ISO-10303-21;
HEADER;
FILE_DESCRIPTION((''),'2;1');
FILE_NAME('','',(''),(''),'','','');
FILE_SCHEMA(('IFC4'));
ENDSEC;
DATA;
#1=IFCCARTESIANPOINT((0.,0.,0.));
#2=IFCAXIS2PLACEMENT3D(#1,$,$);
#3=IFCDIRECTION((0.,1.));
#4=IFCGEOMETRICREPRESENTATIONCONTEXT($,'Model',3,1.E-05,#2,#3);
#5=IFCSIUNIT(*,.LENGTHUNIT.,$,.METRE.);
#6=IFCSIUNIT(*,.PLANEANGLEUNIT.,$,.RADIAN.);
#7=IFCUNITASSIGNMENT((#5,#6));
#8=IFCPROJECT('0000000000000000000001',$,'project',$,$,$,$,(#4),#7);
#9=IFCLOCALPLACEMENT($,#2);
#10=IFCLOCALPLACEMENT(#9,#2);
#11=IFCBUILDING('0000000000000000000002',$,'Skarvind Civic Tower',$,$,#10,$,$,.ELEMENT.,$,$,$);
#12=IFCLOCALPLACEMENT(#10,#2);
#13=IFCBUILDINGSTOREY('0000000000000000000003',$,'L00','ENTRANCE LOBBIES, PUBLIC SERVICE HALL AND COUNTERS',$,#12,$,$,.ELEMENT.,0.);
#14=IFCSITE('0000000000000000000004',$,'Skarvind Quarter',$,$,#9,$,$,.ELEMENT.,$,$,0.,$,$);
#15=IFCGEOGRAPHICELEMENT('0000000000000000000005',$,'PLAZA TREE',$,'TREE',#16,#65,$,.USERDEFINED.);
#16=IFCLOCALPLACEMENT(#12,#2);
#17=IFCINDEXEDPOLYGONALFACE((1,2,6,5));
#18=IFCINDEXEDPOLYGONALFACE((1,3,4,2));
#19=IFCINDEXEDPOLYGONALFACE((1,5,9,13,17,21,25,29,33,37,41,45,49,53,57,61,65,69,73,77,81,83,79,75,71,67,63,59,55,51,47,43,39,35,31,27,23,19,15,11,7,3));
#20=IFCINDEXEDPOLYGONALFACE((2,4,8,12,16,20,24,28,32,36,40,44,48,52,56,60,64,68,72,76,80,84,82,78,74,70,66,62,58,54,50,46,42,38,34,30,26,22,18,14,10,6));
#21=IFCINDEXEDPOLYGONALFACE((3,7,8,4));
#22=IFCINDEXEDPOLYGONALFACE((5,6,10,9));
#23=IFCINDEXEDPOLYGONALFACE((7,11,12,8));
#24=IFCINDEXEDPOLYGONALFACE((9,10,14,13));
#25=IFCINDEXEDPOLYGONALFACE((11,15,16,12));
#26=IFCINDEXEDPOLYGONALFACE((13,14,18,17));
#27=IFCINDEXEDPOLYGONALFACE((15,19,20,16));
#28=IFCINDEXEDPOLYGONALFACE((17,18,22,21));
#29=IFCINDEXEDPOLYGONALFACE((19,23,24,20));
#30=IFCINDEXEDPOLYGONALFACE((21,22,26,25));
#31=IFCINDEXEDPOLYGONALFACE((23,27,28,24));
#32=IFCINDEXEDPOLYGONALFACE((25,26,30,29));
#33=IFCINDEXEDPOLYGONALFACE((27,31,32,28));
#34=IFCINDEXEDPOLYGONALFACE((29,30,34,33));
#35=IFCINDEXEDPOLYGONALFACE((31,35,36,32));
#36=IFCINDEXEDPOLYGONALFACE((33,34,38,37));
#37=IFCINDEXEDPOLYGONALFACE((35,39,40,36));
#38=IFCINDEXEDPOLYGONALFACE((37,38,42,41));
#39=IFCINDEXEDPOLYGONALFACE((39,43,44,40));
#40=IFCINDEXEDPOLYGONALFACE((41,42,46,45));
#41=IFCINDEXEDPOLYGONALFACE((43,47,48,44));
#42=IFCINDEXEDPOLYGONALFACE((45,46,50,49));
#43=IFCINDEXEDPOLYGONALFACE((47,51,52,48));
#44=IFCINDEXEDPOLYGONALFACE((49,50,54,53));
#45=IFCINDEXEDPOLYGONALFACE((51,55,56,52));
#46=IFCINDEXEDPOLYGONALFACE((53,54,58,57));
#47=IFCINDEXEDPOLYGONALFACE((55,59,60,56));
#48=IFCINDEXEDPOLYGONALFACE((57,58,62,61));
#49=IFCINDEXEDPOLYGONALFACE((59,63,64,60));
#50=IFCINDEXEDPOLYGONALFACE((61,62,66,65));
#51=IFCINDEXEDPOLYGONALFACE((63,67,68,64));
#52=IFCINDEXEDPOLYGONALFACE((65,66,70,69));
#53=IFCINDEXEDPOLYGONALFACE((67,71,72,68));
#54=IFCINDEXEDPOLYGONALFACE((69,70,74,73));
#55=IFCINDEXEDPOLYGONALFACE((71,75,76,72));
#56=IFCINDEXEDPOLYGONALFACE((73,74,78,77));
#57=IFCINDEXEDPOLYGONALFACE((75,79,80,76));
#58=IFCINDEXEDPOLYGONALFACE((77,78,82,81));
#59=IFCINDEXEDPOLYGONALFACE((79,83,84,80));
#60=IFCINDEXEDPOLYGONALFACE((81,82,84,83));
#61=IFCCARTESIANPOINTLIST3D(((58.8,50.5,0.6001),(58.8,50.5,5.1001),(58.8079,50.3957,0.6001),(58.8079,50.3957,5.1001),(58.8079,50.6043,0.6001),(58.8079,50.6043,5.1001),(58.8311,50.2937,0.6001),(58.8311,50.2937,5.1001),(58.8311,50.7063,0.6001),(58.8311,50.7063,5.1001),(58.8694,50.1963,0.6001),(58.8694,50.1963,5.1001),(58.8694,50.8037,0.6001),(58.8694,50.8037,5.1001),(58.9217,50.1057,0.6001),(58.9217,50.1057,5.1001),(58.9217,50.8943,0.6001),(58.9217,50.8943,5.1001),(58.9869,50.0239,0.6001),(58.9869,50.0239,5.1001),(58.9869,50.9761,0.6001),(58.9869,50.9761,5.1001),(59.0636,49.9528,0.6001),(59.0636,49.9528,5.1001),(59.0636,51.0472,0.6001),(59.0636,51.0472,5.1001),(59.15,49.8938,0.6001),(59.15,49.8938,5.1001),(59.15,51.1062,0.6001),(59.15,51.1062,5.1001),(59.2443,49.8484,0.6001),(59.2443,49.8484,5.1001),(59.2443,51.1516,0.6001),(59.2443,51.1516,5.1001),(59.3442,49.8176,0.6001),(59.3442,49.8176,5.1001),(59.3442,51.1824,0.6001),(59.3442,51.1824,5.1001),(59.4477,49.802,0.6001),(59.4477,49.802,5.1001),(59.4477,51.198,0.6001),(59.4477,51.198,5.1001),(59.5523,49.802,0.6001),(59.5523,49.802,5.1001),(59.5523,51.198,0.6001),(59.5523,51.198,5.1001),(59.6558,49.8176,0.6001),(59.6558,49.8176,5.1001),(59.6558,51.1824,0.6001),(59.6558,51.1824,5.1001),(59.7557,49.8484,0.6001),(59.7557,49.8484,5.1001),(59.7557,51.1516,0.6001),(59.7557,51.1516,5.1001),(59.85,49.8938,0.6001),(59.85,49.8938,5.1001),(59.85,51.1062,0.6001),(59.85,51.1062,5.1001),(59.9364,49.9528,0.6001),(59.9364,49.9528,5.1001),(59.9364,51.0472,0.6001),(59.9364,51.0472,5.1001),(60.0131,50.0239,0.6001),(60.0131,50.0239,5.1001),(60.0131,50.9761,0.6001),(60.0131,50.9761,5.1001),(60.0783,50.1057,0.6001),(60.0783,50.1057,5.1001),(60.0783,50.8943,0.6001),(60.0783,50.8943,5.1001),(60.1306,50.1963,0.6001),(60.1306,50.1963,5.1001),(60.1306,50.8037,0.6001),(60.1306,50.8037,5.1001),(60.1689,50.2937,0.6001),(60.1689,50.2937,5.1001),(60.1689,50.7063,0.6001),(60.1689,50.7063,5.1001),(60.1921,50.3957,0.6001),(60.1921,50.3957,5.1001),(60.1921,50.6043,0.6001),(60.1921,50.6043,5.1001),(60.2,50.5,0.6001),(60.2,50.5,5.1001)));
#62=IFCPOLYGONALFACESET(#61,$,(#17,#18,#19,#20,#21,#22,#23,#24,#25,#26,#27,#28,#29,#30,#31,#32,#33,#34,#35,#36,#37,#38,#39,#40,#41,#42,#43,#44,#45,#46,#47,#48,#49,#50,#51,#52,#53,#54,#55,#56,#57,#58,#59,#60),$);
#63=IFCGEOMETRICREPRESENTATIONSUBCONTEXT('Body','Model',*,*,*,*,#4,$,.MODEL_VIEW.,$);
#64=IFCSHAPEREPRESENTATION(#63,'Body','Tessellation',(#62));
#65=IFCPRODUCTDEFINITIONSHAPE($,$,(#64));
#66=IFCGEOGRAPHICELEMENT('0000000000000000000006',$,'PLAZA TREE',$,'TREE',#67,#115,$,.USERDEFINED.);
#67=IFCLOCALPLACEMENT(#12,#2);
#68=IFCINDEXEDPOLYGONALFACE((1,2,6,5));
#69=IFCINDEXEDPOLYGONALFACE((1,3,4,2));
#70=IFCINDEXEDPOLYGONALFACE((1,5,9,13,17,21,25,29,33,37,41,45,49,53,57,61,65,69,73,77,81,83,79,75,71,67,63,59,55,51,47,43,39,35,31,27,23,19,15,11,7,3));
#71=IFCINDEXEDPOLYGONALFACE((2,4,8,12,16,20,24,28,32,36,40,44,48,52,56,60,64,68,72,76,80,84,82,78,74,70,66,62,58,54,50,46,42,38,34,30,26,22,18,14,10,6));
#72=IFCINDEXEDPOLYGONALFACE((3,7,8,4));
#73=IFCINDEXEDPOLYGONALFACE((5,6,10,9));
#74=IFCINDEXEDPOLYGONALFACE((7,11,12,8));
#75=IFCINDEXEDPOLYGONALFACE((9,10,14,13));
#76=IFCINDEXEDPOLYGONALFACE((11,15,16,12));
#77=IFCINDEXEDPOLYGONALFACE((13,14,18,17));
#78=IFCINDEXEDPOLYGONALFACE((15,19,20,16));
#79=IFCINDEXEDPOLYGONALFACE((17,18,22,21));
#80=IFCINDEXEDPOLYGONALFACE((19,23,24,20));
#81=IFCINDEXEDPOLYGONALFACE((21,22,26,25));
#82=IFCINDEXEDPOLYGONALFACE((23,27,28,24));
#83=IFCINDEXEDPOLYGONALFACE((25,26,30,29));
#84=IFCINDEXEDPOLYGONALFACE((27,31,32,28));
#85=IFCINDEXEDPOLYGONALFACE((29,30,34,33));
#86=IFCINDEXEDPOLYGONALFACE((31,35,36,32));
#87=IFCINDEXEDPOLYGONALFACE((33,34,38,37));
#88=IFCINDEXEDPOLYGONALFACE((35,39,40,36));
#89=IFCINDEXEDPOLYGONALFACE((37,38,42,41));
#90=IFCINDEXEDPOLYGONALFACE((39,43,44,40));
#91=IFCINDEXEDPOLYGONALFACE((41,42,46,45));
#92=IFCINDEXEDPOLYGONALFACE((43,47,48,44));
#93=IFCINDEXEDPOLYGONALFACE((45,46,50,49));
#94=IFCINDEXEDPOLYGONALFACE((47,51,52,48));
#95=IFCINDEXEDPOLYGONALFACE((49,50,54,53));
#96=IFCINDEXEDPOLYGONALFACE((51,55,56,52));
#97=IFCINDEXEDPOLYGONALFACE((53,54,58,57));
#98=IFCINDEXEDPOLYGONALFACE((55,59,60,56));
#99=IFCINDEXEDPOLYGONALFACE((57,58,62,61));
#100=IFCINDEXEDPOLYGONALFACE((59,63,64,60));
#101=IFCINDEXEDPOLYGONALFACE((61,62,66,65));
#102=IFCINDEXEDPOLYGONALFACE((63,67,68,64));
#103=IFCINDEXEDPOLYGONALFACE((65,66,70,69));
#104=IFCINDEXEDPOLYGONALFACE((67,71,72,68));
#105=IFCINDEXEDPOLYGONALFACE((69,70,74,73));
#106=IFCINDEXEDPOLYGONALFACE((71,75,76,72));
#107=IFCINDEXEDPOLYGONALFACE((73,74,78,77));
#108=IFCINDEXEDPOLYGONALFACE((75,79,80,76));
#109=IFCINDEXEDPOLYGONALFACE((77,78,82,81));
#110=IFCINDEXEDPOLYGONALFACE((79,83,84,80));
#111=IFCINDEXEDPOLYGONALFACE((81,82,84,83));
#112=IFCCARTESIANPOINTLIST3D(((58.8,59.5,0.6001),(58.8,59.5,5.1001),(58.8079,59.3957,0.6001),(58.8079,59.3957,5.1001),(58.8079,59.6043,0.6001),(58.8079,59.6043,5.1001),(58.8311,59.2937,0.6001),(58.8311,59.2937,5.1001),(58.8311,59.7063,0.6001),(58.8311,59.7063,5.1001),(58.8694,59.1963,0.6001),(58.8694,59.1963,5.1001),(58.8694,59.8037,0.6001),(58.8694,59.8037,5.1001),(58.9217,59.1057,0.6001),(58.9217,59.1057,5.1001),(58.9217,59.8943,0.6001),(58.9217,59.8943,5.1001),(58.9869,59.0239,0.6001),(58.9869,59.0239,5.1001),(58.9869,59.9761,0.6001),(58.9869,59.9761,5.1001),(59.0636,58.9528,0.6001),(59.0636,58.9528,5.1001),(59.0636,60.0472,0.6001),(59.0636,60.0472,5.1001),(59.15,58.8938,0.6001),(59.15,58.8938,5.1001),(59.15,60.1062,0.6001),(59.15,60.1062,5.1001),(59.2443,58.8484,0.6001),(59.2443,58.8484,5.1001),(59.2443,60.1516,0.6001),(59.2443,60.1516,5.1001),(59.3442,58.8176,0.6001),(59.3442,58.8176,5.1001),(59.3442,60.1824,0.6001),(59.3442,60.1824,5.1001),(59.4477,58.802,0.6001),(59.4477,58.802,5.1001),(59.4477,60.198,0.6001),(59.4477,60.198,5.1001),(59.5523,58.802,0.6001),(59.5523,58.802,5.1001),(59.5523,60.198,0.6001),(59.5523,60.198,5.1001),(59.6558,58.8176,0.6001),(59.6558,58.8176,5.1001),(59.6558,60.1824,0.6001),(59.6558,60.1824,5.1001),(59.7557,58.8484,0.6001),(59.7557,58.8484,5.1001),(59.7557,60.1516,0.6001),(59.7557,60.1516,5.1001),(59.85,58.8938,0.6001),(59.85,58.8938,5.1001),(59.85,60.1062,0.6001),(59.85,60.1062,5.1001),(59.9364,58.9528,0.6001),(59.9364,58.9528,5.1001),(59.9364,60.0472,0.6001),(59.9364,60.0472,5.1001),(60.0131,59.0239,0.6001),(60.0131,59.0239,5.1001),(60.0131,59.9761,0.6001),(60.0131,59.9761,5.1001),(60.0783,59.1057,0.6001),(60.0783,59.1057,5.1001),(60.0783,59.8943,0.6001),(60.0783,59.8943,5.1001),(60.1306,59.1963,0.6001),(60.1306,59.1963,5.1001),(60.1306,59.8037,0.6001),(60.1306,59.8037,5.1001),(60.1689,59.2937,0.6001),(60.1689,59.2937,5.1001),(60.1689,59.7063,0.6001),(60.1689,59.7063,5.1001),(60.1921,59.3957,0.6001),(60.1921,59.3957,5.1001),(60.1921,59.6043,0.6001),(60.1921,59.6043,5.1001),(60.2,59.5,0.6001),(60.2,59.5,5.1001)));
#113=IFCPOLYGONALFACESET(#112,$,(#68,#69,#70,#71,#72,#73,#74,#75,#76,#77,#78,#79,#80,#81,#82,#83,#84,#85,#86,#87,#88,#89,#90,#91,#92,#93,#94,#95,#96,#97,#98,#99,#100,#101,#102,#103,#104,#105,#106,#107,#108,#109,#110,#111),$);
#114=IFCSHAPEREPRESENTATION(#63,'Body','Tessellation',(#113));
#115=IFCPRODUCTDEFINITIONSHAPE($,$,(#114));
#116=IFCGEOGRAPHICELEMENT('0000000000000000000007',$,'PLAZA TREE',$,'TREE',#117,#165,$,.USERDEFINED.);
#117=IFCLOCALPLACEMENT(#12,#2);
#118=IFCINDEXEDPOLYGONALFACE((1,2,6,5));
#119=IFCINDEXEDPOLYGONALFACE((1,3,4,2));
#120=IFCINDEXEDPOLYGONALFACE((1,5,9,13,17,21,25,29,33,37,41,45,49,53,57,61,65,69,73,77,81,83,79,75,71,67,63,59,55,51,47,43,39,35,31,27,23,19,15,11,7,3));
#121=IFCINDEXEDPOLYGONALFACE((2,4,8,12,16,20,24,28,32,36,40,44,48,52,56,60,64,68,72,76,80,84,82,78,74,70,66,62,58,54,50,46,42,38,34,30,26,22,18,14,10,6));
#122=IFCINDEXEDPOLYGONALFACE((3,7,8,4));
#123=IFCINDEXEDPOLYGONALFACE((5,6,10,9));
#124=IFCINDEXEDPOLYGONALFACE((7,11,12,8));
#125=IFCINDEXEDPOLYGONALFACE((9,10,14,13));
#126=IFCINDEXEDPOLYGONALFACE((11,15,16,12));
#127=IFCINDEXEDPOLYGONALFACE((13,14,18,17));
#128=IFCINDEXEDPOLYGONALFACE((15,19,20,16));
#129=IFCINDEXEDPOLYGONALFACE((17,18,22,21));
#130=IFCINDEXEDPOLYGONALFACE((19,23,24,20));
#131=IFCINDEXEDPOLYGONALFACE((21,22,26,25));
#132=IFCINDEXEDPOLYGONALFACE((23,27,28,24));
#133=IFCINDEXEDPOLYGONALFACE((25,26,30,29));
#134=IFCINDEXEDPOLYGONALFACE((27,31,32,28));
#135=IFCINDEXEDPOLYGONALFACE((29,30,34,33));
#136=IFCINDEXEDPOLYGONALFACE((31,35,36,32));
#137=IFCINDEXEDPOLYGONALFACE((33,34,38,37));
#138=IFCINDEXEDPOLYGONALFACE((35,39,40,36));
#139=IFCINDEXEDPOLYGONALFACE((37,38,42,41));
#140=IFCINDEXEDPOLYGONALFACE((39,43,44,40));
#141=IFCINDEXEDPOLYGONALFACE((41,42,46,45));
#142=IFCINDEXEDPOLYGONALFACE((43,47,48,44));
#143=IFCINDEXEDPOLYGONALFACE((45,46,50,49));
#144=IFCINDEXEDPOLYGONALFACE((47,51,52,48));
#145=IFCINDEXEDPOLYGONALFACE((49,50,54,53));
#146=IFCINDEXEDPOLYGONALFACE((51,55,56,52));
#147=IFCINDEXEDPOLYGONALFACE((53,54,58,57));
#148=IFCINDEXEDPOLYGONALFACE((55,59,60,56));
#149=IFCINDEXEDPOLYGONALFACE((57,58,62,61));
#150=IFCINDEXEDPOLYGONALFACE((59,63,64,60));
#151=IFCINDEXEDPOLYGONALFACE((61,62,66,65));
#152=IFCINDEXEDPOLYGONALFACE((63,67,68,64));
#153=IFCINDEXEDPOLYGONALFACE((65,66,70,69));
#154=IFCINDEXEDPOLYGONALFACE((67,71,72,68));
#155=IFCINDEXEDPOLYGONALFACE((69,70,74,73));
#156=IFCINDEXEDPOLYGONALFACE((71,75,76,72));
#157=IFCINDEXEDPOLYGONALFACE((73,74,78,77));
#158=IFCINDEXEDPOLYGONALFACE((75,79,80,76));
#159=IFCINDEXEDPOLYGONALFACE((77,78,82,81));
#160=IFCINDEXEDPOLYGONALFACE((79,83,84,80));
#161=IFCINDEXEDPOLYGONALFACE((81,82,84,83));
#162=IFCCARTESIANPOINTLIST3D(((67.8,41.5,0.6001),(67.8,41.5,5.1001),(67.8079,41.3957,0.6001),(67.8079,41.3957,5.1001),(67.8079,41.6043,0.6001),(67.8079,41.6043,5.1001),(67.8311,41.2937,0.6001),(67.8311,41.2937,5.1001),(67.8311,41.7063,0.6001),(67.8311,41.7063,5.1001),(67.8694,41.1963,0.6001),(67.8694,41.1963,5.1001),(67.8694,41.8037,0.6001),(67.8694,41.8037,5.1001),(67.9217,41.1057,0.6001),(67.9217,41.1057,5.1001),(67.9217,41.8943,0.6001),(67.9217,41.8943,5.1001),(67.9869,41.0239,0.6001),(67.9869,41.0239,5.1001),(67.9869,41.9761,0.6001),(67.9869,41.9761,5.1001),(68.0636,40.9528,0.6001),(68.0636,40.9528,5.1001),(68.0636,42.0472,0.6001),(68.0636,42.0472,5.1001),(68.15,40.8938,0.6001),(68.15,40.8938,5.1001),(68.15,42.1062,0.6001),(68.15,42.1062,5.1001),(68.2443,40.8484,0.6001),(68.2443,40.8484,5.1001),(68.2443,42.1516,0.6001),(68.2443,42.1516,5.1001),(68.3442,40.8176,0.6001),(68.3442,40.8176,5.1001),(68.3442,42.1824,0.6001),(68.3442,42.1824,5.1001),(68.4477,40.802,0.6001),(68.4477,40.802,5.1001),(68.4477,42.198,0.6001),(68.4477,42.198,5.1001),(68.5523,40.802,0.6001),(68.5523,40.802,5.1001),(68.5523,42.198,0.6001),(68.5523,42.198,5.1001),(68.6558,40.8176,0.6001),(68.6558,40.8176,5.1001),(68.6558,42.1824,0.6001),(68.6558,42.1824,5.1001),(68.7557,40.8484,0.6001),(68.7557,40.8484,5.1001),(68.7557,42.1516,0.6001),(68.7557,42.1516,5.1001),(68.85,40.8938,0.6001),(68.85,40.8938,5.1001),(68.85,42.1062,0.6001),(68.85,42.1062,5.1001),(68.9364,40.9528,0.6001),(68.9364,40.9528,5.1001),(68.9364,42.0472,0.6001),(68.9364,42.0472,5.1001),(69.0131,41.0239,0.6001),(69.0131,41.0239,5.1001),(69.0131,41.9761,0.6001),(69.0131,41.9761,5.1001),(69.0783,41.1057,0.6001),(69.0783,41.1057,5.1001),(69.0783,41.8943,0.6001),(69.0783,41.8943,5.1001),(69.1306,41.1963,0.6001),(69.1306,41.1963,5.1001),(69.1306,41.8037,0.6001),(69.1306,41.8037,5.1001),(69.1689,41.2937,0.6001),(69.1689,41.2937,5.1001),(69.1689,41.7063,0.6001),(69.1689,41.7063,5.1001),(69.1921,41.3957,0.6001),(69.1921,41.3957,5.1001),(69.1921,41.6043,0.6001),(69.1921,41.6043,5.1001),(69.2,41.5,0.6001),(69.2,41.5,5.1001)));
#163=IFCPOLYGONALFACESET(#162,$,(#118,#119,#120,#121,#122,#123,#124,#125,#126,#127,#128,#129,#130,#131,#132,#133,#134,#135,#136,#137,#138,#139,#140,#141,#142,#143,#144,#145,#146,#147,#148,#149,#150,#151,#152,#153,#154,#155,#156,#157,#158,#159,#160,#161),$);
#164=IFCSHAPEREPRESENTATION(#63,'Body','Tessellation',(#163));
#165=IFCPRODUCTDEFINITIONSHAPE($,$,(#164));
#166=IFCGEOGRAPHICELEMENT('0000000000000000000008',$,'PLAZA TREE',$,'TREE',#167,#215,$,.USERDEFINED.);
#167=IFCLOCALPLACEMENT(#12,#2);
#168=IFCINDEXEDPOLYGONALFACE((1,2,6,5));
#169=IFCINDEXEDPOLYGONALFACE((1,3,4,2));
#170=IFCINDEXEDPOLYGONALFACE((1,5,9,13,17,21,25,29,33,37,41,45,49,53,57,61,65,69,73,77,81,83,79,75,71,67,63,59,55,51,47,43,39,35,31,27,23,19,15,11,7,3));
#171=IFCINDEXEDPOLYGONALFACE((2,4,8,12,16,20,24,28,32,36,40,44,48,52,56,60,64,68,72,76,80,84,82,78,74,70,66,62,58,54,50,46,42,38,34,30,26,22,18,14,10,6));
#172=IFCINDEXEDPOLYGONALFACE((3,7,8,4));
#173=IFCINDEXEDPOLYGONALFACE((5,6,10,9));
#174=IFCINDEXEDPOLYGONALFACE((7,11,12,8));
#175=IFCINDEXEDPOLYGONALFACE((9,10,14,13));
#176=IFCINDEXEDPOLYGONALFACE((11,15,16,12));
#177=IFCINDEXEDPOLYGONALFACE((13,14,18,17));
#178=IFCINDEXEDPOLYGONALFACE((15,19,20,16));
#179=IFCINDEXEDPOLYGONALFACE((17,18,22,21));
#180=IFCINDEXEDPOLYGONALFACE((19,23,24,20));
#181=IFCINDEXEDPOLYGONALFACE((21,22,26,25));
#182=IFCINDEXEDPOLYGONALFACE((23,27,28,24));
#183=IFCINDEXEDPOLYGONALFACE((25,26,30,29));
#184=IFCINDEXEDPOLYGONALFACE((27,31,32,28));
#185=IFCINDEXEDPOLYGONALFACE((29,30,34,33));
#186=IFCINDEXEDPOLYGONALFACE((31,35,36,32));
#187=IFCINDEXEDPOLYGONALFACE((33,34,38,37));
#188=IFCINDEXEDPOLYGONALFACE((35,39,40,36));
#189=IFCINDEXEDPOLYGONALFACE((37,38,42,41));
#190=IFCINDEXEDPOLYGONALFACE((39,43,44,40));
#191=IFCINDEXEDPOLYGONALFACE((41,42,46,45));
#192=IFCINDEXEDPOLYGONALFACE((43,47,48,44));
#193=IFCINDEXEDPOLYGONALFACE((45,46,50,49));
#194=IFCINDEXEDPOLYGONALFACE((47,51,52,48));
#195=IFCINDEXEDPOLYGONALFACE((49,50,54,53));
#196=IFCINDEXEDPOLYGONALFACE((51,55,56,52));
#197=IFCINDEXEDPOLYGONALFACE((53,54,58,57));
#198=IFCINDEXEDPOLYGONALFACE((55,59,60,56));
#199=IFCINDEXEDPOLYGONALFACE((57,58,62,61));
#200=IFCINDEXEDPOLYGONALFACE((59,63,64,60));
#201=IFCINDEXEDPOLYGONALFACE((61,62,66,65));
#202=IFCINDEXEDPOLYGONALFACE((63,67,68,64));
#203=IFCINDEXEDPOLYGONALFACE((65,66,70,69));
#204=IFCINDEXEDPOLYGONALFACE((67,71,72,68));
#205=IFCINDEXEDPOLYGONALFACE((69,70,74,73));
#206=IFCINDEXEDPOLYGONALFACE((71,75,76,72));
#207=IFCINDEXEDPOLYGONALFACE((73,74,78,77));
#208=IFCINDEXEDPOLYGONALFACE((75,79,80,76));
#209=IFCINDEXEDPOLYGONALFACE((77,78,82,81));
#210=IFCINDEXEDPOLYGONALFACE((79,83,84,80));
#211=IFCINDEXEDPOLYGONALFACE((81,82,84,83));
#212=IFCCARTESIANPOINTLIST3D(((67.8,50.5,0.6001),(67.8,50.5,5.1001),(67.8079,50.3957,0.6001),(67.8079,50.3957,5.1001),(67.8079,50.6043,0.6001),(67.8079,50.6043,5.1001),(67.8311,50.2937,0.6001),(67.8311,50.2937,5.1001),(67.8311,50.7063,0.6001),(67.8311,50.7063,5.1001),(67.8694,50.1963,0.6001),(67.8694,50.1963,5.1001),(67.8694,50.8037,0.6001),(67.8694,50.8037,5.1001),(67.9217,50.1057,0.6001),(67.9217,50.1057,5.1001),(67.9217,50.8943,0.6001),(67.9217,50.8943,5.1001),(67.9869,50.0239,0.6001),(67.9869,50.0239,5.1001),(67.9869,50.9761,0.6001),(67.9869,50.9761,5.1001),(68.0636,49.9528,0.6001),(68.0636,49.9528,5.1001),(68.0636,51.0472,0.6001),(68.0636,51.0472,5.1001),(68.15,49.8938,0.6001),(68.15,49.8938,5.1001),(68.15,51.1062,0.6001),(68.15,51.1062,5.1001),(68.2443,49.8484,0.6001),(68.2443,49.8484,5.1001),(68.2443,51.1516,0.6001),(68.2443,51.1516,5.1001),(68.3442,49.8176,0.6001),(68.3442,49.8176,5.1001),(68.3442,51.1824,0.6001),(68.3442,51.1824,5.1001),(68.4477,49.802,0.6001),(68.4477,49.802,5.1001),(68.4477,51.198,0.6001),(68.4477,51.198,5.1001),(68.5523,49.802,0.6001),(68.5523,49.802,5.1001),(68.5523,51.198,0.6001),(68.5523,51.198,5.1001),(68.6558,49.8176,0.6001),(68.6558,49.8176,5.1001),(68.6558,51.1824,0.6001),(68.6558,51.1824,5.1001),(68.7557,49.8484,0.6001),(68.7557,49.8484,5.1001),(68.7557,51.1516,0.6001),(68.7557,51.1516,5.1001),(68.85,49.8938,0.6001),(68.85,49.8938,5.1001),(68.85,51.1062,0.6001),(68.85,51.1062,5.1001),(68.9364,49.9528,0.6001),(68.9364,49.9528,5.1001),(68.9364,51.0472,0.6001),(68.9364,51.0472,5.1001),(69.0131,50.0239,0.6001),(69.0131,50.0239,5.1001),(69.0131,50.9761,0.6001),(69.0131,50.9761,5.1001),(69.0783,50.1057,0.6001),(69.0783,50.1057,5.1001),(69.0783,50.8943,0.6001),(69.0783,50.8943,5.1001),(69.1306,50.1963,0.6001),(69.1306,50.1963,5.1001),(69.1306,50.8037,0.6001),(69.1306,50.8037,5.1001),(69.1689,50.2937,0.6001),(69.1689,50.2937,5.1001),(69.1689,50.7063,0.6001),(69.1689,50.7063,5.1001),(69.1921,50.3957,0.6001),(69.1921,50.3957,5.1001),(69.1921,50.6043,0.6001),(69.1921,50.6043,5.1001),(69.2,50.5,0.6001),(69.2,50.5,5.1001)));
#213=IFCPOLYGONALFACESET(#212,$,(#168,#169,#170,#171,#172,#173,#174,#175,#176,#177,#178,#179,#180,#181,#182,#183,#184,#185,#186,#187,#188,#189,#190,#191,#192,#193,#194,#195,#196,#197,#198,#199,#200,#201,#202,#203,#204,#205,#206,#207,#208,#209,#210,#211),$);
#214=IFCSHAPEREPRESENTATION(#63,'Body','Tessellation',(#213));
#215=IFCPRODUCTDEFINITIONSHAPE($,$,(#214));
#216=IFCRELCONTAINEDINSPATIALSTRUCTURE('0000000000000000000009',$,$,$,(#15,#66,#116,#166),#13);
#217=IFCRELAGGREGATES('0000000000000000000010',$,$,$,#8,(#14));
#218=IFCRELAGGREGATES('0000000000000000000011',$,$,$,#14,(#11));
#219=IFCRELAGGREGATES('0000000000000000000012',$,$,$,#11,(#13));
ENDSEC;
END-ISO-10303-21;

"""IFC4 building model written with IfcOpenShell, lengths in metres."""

from ifc_helpers import new_model, si_unit, direction, frame, origin, origin_2d, place, context, subcontext, project, spatial, circle, extrude, element, save


model = new_model("IFC4")

# Units and contexts
model_context = context("Model", 3, precision=1e-05, world=origin(), true_north=direction((0.0, 1.0)))
body_context = subcontext(model_context, "Body", "Model", "MODEL_VIEW")
ifc_project = project(units=[si_unit("LENGTHUNIT", "METRE"), si_unit("PLANEANGLEUNIT", "RADIAN")], contexts=[model_context])

# Site, building, storey
site_placement = place(None, origin())
site = spatial("IfcSite", under=ifc_project, at=site_placement, Name="Skarvind Quarter", CompositionType="ELEMENT", RefElevation=0.0)
building_placement = place(site_placement, origin())
building = spatial("IfcBuilding", under=site, at=building_placement, Name="Skarvind Civic Tower", CompositionType="ELEMENT")
storey_placement = place(building_placement, origin())
storey = spatial("IfcBuildingStorey", under=building, at=storey_placement, Name="L00", Description="ENTRANCE LOBBIES, PUBLIC SERVICE HALL AND COUNTERS", CompositionType="ELEMENT", Elevation=0.0)

# Geographic elements
for number, where, z_axis, x_axis, name in (
    (1, (59.5, 50.5, 0.6001), (0.0, 0.0, 1.0), (1.0, 0.0, 0.0), "PLAZA TREE"),
    (2, (59.5, 59.5, 0.6001), (0.0, 0.0, 1.0), (1.0, 0.0, 0.0), "PLAZA TREE"),
    (3, (68.5, 41.5, 0.6001), (0.0, 0.0, 1.0), (1.0, 0.0, 0.0), "PLAZA TREE"),
    (4, (68.5, 50.5, 0.6001), (0.0, 0.0, 1.0), (1.0, 0.0, 0.0), "PLAZA TREE"),
):
    element("IfcGeographicElement", number, at=place(storey_placement, frame(where, z_axis=z_axis, x_axis=x_axis)), inside=storey, Name=name, ObjectType="TREE", PredefinedType="USERDEFINED", context=body_context, shape_type="SweptSolid", body=[
        extrude(circle(Radius=0.7, at=origin_2d()), origin(), (0.0, 0.0, 1.0), 4.5),
    ])

save(model, "model.ifc")
